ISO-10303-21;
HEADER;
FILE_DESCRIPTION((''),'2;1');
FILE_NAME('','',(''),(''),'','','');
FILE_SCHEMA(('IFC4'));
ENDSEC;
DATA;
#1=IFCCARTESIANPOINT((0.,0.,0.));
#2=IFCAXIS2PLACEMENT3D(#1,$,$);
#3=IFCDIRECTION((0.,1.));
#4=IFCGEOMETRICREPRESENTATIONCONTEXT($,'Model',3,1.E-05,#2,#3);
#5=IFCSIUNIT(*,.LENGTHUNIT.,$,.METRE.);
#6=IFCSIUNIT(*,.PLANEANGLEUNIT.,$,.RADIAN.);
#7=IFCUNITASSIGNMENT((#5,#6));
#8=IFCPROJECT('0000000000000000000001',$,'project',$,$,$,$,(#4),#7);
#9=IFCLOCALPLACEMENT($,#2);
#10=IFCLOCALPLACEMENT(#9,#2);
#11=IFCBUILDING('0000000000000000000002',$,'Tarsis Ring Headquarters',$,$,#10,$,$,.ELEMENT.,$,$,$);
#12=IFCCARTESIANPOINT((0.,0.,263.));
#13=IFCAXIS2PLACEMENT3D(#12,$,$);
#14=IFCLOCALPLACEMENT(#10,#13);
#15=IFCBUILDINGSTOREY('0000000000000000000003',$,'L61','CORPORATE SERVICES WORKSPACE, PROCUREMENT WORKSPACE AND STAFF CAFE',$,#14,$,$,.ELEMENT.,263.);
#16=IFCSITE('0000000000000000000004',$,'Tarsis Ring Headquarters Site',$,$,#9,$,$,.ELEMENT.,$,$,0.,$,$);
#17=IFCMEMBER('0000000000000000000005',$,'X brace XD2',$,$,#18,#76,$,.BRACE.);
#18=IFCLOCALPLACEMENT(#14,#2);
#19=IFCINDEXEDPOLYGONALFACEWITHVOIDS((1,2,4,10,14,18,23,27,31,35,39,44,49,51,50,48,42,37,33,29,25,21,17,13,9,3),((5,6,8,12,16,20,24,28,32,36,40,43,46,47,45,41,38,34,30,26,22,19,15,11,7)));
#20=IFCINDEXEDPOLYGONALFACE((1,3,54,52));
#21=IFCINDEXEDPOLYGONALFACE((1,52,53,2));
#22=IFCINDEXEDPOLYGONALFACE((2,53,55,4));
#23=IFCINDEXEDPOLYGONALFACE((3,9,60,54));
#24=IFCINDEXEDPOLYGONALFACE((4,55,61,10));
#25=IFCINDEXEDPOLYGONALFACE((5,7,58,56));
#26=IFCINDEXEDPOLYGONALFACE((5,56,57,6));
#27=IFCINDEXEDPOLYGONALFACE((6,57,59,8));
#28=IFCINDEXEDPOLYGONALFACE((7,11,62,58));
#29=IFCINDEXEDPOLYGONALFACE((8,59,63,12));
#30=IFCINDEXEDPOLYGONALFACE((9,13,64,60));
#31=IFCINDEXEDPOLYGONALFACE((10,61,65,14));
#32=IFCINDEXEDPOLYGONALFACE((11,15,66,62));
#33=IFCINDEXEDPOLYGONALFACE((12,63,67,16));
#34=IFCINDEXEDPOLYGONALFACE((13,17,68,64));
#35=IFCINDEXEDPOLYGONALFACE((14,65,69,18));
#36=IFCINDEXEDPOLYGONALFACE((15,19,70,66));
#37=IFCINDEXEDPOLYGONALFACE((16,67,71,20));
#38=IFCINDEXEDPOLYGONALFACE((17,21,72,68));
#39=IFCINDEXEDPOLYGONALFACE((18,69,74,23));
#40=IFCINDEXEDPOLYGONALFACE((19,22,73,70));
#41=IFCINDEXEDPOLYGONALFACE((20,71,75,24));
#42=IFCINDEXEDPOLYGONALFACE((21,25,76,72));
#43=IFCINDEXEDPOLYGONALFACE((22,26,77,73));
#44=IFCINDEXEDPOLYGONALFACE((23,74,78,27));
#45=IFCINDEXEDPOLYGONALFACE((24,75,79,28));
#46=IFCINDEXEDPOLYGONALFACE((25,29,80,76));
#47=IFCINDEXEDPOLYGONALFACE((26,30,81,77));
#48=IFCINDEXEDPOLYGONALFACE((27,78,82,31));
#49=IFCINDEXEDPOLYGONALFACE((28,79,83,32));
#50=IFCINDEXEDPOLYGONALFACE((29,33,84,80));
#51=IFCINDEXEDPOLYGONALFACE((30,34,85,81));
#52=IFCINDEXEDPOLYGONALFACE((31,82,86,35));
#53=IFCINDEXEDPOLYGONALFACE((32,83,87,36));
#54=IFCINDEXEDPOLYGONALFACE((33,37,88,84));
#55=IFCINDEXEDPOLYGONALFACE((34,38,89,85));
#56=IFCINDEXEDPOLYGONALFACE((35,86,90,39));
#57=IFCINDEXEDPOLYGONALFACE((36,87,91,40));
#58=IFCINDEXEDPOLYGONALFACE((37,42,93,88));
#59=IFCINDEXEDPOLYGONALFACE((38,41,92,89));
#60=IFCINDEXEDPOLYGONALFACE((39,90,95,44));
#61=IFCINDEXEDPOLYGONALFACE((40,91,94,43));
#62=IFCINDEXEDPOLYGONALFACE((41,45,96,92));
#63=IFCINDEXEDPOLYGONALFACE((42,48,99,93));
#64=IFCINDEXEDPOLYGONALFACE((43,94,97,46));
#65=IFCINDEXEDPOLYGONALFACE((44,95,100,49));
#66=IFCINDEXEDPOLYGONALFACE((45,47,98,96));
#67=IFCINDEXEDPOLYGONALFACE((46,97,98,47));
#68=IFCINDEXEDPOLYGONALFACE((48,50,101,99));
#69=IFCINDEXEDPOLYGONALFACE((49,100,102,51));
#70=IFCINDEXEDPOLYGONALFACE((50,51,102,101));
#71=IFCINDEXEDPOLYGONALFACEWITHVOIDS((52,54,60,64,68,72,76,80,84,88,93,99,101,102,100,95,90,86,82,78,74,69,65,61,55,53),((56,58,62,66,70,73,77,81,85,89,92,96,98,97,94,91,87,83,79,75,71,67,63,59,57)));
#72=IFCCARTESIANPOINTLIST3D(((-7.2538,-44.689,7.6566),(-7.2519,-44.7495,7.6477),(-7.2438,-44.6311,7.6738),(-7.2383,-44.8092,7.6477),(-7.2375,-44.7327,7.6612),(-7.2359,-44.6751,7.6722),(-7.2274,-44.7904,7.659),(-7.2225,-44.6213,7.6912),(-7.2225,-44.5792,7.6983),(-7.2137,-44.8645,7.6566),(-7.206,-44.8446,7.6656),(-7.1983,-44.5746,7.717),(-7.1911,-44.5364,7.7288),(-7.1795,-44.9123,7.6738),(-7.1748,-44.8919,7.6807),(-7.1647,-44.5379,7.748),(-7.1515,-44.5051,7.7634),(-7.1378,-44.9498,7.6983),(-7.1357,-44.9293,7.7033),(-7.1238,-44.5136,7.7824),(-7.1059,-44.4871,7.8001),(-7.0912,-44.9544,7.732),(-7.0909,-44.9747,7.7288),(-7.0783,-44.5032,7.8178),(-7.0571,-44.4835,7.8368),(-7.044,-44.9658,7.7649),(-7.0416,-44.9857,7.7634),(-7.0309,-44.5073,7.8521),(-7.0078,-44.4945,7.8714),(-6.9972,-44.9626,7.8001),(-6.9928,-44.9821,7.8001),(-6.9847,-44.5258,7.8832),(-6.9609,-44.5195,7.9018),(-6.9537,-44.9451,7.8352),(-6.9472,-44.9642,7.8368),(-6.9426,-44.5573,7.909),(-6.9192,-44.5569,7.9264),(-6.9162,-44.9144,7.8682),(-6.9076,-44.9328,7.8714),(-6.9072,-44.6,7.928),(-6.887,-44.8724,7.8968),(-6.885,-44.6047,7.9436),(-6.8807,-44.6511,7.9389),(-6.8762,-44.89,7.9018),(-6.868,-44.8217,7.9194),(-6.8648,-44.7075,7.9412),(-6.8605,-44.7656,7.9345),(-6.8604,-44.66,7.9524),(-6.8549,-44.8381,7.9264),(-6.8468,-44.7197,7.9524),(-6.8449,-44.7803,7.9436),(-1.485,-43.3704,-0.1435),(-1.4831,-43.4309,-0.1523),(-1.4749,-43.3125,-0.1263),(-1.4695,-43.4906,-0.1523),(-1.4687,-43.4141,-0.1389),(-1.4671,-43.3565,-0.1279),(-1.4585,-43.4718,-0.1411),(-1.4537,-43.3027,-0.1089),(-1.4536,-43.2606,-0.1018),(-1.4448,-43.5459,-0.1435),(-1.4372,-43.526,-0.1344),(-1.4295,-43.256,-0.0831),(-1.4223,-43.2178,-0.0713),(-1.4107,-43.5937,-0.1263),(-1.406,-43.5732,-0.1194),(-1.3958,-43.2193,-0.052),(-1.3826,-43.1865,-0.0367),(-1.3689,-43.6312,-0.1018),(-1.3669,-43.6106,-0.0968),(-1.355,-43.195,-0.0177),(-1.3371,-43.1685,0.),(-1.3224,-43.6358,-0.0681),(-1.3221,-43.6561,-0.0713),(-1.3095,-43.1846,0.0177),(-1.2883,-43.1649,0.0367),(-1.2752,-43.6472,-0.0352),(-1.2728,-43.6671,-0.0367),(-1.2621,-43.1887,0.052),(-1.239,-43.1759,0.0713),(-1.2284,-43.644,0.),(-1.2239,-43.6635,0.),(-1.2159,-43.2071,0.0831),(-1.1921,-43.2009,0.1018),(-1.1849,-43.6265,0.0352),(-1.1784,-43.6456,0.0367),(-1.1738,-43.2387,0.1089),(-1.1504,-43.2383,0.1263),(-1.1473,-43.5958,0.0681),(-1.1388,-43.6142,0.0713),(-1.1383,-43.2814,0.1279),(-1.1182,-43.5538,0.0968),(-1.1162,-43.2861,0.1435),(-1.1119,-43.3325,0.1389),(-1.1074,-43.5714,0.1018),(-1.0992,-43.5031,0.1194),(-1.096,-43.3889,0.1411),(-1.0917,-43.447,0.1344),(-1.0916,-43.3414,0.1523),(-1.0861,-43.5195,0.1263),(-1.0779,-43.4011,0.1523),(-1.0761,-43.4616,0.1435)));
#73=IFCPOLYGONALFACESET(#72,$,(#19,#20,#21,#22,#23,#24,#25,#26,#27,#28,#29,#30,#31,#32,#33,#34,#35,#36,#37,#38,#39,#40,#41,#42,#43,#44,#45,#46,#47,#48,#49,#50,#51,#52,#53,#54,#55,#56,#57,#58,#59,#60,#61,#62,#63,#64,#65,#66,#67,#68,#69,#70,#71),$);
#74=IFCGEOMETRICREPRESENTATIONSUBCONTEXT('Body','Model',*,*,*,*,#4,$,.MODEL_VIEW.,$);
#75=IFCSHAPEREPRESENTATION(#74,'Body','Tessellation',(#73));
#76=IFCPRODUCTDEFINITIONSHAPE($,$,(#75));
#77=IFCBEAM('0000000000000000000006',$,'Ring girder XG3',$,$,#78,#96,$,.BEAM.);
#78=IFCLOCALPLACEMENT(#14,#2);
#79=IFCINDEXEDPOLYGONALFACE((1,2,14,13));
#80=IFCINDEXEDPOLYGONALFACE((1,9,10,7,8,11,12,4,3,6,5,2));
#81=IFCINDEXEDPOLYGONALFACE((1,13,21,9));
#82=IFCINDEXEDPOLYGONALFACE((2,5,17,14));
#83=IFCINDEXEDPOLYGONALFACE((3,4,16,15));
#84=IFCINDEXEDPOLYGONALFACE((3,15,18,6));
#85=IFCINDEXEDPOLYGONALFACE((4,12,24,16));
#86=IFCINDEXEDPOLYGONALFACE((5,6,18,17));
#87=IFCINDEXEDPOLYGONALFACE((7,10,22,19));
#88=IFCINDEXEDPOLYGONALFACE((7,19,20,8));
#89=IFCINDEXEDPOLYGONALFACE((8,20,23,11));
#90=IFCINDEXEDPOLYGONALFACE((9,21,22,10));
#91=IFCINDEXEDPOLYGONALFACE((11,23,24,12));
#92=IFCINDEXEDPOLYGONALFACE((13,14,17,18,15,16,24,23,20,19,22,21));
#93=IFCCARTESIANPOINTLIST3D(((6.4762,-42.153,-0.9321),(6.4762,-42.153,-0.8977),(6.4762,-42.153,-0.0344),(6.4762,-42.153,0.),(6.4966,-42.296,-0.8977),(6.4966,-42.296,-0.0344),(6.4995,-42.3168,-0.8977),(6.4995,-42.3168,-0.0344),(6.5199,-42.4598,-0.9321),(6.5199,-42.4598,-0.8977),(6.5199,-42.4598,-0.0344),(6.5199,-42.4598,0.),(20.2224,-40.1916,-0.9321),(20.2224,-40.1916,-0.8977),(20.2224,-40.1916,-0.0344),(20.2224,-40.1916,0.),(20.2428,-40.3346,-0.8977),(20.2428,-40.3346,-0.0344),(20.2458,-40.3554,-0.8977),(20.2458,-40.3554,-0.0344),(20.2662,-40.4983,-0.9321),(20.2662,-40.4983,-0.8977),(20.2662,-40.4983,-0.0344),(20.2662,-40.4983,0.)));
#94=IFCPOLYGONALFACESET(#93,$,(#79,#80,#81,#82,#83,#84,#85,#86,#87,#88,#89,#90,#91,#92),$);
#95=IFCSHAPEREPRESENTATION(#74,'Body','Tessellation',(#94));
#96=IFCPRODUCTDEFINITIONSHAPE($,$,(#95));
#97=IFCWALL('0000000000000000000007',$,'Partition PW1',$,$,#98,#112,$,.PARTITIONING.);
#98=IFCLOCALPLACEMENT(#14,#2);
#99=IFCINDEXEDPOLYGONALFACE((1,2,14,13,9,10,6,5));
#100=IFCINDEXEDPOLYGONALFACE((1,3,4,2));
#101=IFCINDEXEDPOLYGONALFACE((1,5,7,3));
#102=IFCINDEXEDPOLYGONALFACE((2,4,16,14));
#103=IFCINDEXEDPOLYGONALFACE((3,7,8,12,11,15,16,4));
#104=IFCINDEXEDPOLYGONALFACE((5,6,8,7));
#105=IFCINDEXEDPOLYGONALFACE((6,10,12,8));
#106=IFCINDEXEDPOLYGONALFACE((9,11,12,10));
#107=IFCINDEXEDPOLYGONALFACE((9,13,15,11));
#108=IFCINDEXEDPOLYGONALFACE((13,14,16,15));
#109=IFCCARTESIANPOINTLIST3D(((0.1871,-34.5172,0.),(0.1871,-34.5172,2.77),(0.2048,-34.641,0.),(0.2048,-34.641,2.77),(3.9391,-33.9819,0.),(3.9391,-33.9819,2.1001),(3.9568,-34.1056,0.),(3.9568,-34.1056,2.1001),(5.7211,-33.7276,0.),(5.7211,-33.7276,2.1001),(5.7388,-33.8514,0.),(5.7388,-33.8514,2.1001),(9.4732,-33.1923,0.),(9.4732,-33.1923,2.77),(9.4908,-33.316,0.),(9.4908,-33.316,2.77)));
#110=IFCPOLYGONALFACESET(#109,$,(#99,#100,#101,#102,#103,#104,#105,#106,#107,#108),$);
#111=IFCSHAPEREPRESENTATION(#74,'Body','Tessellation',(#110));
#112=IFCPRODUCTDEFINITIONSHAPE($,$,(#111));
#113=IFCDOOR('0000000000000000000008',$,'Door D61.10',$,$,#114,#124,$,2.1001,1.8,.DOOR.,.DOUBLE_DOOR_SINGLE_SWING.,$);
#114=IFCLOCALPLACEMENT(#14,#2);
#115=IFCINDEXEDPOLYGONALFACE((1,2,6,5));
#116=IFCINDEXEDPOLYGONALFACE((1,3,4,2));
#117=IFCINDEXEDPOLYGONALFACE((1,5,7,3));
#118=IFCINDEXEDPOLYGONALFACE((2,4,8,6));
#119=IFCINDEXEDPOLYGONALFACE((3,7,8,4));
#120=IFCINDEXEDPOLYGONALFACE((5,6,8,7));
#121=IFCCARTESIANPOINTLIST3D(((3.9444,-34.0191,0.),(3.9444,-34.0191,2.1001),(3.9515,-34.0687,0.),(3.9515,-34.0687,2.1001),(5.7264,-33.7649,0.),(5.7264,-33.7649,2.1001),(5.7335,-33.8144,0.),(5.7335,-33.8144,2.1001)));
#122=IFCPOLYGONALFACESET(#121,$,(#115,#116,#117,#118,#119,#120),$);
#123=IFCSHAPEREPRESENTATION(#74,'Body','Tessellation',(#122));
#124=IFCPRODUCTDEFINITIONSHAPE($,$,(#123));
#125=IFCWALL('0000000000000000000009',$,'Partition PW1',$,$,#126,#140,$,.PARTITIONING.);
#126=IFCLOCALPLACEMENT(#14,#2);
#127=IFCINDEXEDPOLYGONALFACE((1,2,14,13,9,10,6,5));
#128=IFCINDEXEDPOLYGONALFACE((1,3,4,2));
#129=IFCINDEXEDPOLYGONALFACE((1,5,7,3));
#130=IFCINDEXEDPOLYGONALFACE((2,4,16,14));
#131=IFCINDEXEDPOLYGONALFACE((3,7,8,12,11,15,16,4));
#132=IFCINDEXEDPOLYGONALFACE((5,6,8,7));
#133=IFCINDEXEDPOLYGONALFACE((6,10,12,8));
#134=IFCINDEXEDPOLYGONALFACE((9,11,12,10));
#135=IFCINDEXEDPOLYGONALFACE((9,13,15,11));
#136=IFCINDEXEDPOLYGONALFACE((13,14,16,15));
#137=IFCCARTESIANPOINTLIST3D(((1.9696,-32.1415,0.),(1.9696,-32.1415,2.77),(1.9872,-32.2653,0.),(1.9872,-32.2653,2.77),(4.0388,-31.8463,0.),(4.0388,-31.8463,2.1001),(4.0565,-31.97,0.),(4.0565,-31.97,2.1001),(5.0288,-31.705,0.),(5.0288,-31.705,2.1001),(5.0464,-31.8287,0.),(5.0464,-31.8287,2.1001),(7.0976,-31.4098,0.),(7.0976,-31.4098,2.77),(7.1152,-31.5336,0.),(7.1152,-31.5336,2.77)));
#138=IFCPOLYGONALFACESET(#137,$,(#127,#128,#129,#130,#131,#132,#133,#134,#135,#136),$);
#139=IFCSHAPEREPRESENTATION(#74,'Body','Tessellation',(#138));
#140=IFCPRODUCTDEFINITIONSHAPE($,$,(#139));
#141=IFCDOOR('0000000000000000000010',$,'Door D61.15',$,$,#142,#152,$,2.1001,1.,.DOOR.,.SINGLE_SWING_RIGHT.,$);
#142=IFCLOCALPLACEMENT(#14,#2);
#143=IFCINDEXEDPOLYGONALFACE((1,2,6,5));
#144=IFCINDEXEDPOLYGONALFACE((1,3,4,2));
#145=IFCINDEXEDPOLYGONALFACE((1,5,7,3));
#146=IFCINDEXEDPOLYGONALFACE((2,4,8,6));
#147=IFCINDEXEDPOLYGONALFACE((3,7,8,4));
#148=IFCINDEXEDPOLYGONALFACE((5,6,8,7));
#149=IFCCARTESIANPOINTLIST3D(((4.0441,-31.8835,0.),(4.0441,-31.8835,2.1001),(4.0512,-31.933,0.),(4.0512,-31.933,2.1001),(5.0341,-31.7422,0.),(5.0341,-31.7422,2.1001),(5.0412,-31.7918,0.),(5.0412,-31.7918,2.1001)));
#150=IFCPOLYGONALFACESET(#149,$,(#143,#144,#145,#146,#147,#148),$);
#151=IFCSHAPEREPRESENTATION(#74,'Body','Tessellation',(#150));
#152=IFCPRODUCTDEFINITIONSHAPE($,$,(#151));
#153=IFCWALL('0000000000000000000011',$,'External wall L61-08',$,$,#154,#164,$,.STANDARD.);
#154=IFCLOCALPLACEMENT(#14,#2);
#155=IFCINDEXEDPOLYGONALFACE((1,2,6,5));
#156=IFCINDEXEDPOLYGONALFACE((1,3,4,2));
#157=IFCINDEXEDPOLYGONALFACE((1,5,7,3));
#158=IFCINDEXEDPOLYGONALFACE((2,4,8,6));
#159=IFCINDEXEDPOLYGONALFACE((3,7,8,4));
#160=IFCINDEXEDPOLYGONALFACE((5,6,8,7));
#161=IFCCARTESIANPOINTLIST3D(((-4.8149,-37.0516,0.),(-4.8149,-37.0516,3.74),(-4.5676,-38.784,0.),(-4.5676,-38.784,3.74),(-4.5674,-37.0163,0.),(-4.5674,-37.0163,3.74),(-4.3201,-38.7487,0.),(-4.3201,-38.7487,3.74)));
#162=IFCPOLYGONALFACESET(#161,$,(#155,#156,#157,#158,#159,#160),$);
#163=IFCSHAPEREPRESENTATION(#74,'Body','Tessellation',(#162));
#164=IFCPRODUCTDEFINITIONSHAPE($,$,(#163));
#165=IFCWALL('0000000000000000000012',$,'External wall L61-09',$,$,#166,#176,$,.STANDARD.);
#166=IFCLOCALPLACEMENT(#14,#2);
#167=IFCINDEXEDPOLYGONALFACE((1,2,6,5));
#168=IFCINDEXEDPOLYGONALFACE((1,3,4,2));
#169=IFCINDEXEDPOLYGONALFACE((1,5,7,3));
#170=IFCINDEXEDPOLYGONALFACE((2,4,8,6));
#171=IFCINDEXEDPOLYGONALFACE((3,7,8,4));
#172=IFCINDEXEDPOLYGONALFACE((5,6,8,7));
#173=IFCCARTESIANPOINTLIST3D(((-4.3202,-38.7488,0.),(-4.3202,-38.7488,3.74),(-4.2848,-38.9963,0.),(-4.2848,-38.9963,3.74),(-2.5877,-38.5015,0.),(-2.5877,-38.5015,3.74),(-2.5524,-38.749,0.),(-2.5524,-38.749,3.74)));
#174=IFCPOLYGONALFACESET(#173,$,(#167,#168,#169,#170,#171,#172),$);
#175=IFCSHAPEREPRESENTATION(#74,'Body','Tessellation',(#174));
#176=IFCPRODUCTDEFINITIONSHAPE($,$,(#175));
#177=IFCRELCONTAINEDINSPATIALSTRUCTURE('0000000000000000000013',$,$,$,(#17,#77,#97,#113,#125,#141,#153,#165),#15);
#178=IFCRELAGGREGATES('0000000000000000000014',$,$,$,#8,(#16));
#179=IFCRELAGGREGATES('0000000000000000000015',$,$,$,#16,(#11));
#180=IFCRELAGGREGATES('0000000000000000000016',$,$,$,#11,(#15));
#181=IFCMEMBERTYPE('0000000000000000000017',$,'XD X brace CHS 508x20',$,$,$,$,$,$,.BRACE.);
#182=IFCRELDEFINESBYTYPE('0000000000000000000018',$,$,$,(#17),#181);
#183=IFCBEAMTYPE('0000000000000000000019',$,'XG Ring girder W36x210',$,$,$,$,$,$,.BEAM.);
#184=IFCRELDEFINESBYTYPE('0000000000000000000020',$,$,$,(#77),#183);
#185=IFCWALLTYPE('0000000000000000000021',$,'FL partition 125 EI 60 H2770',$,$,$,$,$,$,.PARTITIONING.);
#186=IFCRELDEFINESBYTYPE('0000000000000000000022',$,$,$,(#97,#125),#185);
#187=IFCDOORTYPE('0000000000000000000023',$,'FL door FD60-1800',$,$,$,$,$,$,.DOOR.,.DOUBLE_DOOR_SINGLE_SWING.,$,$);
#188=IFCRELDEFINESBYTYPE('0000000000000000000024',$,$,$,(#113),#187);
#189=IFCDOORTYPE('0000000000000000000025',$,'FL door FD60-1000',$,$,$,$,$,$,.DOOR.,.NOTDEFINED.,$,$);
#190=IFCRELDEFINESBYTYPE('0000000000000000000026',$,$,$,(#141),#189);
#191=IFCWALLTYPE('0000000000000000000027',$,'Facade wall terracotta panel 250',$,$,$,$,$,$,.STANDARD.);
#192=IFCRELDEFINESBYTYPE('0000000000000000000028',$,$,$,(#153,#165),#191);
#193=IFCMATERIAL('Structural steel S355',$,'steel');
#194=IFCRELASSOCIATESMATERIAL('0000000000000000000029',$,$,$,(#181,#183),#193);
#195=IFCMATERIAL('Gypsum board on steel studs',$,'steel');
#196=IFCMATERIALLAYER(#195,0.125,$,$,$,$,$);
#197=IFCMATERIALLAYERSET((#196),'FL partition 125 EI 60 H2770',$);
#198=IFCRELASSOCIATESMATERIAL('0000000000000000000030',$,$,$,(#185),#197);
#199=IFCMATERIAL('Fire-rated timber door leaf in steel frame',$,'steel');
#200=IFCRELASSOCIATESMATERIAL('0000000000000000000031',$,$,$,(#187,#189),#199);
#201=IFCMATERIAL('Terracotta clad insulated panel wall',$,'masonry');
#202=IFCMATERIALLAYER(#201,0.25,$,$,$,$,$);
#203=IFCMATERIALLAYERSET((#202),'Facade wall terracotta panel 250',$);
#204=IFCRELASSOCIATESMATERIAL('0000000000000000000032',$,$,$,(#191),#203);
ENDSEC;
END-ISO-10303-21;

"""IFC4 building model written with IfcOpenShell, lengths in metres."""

from ifc_helpers import new_model, si_unit, direction, frame, frame_2d, origin, origin_2d, place, context, subcontext, project, spatial, rectangle, hollow_circle, i_section, extrude, material, layer, layer_set, material_profile, profile_set, type_object, element, fill, save


model = new_model("IFC4")

# Units and contexts
model_context = context("Model", 3, precision=1e-05, world=origin(), true_north=direction((0.0, 1.0)))
body_context = subcontext(model_context, "Body", "Model", "MODEL_VIEW")
ifc_project = project(units=[si_unit("LENGTHUNIT", "METRE"), si_unit("PLANEANGLEUNIT", "RADIAN")], contexts=[model_context])

# Site, building, storey
site_placement = place(None, origin())
site = spatial("IfcSite", under=ifc_project, at=site_placement, Name="Tarsis Ring Headquarters Site", CompositionType="ELEMENT", RefElevation=0.0)
building_placement = place(site_placement, origin())
building = spatial("IfcBuilding", under=site, at=building_placement, Name="Tarsis Ring Headquarters", CompositionType="ELEMENT")
storey_placement = place(building_placement, frame((0.0, 0.0, 263.0)))
storey = spatial("IfcBuildingStorey", under=building, at=storey_placement, Name="L61", Description="CORPORATE SERVICES WORKSPACE, PROCUREMENT WORKSPACE AND STAFF CAFE", CompositionType="ELEMENT", Elevation=263.0)

# Shared definitions
ifc_material_1 = material(Name="Structural steel S355", Category="steel")

# Member
ifc_material_profile_1 = material_profile(ifc_material_1, hollow_circle(Radius=0.2539, WallThickness=0.02, at=origin_2d()), Name="CHS 508x20")
ifc_profile_set_1 = profile_set([ifc_material_profile_1], Name="Structural steel S355")
member_type = type_object("IfcMemberType", Name="XD X brace CHS 508x20", PredefinedType="BRACE", material=ifc_profile_set_1)
member_1_placement = place(storey_placement, frame((-1.2805, -43.416, 0.0), z_axis=(-0.58921, -0.134679, 0.796676), x_axis=(0.222828, -0.974858, 0.0)))
element("IfcMember", 1, at=member_1_placement, inside=storey, type_object=member_type, Name="X brace XD2", PredefinedType="BRACE", context=body_context, shape_type="SweptSolid", body=[
    extrude(hollow_circle(Radius=0.2539, WallThickness=0.02, at=origin_2d()), origin(), (0.0, 0.0, 1.0), 9.7908),
])

# Beam
ifc_material_profile_2 = material_profile(ifc_material_1, i_section(OverallWidth=0.3098, OverallDepth=0.9321, WebThickness=0.021, FlangeThickness=0.0344, at=origin_2d()), Name="W36x210")
ifc_profile_set_2 = profile_set([ifc_material_profile_2], Name="Structural steel S355")
beam_type = type_object("IfcBeamType", Name="XG Ring girder W36x210", PredefinedType="BEAM", material=ifc_profile_set_2)
beam_placement = place(storey_placement, frame((6.498, -42.3064, -0.4661), z_axis=(0.989973, 0.141256, 0.0), x_axis=(-0.141256, 0.989973, 0.0)))
element("IfcBeam", 2, at=beam_placement, inside=storey, type_object=beam_type, Name="Ring girder XG3", PredefinedType="BEAM", context=body_context, shape_type="SweptSolid", body=[
    extrude(i_section(OverallWidth=0.3098, OverallDepth=0.9321, WebThickness=0.021, FlangeThickness=0.0344, at=origin_2d()), origin(), (0.0, 0.0, 1.0), 13.8855),
])

# Walls, openings, doors
ifc_material_2 = material(Name="Gypsum board on steel studs", Category="steel")
ifc_layer_1 = layer(ifc_material_2, 0.125)
ifc_layer_set_1 = layer_set([ifc_layer_1], Name="FL partition 125 EI 60 H2770")
wall_type_1 = type_object("IfcWallType", Name="FL partition 125 EI 60 H2770", PredefinedType="PARTITIONING", material=ifc_layer_set_1)
wall_1_placement = place(storey_placement, frame((0.196, -34.5791, 0.0), z_axis=(0.0, 0.0, 1.0), x_axis=(0.989974, 0.14125, 0.0)))
wall_1 = element("IfcWall", 3, at=wall_1_placement, inside=storey, type_object=wall_type_1, Name="Partition PW1", PredefinedType="PARTITIONING", context=body_context, shape_type="SweptSolid", body=[
    extrude(rectangle(XDim=9.3801, YDim=0.125, at=frame_2d((4.6899, 0.0))), origin(), (0.0, 0.0, 1.0), 2.77),
])
opening_1_placement = place(wall_1_placement, frame((3.79, 0.0, 0.0)))
opening_1 = element("IfcOpeningElement", 4, at=opening_1_placement, cuts=wall_1, PredefinedType="OPENING", context=body_context, shape_type="SweptSolid", body=[
    extrude(rectangle(XDim=1.8, YDim=2.1001, at=frame_2d((0.8999, 1.05))), frame((0.0, 0.0725, 0.0), z_axis=(0.0, -1.0, 0.0), x_axis=(1.0, 0.0, 0.0)), (0.0, 0.0, 1.0), 0.145),
])
ifc_material_3 = material(Name="Fire-rated timber door leaf in steel frame", Category="steel")
door_type_1 = type_object("IfcDoorType", Name="FL door FD60-1800", OperationType="DOUBLE_DOOR_SINGLE_SWING", PredefinedType="DOOR", material=ifc_material_3)
door_1_placement = place(opening_1_placement, origin())
door_1 = element("IfcDoor", 5, at=door_1_placement, inside=storey, type_object=door_type_1, Name="Door D61.10", OperationType="DOUBLE_DOOR_SINGLE_SWING", OverallHeight=2.1001, OverallWidth=1.8, PredefinedType="DOOR", context=body_context, shape_type="SweptSolid", body=[
    extrude(rectangle(XDim=1.8, YDim=2.1001, at=frame_2d((0.8999, 1.05))), frame((0.0, 0.0249, 0.0), z_axis=(0.0, -1.0, 0.0), x_axis=(1.0, 0.0, 0.0)), (0.0, 0.0, 1.0), 0.05),
])
fill(opening_1, door_1)
wall_2_placement = place(storey_placement, frame((1.9785, -32.2034, 0.0), z_axis=(0.0, 0.0, 1.0), x_axis=(0.989973, 0.141256, 0.0)))
wall_2 = element("IfcWall", 6, at=wall_2_placement, inside=storey, type_object=wall_type_1, Name="Partition PW1", PredefinedType="PARTITIONING", context=body_context, shape_type="SweptSolid", body=[
    extrude(rectangle(XDim=5.1799, YDim=0.125, at=frame_2d((2.5898, 0.0))), origin(), (0.0, 0.0, 1.0), 2.77),
])
opening_2_placement = place(wall_2_placement, frame((2.0901, 0.0, 0.0)))
opening_2 = element("IfcOpeningElement", 7, at=opening_2_placement, cuts=wall_2, PredefinedType="OPENING", context=body_context, shape_type="SweptSolid", body=[
    extrude(rectangle(XDim=1.0, YDim=2.1001, at=frame_2d((0.5, 1.05))), frame((0.0, 0.0725, 0.0), z_axis=(0.0, -1.0, 0.0), x_axis=(1.0, 0.0, 0.0)), (0.0, 0.0, 1.0), 0.145),
])
door_type_2 = type_object("IfcDoorType", Name="FL door FD60-1000", OperationType="NOTDEFINED", PredefinedType="DOOR", material=ifc_material_3)
door_2_placement = place(opening_2_placement, origin())
door_2 = element("IfcDoor", 8, at=door_2_placement, inside=storey, type_object=door_type_2, Name="Door D61.15", OperationType="SINGLE_SWING_RIGHT", OverallHeight=2.1001, OverallWidth=1.0, PredefinedType="DOOR", context=body_context, shape_type="SweptSolid", body=[
    extrude(rectangle(XDim=1.0, YDim=2.1001, at=frame_2d((0.5, 1.05))), frame((0.0, 0.0249, 0.0), z_axis=(0.0, -1.0, 0.0), x_axis=(1.0, 0.0, 0.0)), (0.0, 0.0, 1.0), 0.05),
])
fill(opening_2, door_2)

# Walls
ifc_material_4 = material(Name="Terracotta clad insulated panel wall", Category="masonry")
ifc_layer_2 = layer(ifc_material_4, 0.25)
ifc_layer_set_2 = layer_set([ifc_layer_2], Name="Facade wall terracotta panel 250")
wall_type_2 = type_object("IfcWallType", Name="Facade wall terracotta panel 250", PredefinedType="STANDARD", material=ifc_layer_set_2)
for number, where, z_axis, x_axis, name in (
    (9, (-4.6912, -37.0339, 0.0), (0.0, 0.0, 1.0), (0.141324, -0.989963, 0.0), "External wall L61-08"),
    (10, (-4.3025, -38.8726, 0.0), (0.0, 0.0, 1.0), (0.989963, 0.141324, 0.0), "External wall L61-09"),
):
    element("IfcWall", number, at=place(storey_placement, frame(where, z_axis=z_axis, x_axis=x_axis)), inside=storey, type_object=wall_type_2, Name=name, PredefinedType="STANDARD", context=body_context, shape_type="SweptSolid", body=[
        extrude(rectangle(XDim=1.75, YDim=0.25, at=frame_2d((0.875, 0.0))), origin(), (0.0, 0.0, 1.0), 3.74),
    ])

save(model, "model.ifc")
